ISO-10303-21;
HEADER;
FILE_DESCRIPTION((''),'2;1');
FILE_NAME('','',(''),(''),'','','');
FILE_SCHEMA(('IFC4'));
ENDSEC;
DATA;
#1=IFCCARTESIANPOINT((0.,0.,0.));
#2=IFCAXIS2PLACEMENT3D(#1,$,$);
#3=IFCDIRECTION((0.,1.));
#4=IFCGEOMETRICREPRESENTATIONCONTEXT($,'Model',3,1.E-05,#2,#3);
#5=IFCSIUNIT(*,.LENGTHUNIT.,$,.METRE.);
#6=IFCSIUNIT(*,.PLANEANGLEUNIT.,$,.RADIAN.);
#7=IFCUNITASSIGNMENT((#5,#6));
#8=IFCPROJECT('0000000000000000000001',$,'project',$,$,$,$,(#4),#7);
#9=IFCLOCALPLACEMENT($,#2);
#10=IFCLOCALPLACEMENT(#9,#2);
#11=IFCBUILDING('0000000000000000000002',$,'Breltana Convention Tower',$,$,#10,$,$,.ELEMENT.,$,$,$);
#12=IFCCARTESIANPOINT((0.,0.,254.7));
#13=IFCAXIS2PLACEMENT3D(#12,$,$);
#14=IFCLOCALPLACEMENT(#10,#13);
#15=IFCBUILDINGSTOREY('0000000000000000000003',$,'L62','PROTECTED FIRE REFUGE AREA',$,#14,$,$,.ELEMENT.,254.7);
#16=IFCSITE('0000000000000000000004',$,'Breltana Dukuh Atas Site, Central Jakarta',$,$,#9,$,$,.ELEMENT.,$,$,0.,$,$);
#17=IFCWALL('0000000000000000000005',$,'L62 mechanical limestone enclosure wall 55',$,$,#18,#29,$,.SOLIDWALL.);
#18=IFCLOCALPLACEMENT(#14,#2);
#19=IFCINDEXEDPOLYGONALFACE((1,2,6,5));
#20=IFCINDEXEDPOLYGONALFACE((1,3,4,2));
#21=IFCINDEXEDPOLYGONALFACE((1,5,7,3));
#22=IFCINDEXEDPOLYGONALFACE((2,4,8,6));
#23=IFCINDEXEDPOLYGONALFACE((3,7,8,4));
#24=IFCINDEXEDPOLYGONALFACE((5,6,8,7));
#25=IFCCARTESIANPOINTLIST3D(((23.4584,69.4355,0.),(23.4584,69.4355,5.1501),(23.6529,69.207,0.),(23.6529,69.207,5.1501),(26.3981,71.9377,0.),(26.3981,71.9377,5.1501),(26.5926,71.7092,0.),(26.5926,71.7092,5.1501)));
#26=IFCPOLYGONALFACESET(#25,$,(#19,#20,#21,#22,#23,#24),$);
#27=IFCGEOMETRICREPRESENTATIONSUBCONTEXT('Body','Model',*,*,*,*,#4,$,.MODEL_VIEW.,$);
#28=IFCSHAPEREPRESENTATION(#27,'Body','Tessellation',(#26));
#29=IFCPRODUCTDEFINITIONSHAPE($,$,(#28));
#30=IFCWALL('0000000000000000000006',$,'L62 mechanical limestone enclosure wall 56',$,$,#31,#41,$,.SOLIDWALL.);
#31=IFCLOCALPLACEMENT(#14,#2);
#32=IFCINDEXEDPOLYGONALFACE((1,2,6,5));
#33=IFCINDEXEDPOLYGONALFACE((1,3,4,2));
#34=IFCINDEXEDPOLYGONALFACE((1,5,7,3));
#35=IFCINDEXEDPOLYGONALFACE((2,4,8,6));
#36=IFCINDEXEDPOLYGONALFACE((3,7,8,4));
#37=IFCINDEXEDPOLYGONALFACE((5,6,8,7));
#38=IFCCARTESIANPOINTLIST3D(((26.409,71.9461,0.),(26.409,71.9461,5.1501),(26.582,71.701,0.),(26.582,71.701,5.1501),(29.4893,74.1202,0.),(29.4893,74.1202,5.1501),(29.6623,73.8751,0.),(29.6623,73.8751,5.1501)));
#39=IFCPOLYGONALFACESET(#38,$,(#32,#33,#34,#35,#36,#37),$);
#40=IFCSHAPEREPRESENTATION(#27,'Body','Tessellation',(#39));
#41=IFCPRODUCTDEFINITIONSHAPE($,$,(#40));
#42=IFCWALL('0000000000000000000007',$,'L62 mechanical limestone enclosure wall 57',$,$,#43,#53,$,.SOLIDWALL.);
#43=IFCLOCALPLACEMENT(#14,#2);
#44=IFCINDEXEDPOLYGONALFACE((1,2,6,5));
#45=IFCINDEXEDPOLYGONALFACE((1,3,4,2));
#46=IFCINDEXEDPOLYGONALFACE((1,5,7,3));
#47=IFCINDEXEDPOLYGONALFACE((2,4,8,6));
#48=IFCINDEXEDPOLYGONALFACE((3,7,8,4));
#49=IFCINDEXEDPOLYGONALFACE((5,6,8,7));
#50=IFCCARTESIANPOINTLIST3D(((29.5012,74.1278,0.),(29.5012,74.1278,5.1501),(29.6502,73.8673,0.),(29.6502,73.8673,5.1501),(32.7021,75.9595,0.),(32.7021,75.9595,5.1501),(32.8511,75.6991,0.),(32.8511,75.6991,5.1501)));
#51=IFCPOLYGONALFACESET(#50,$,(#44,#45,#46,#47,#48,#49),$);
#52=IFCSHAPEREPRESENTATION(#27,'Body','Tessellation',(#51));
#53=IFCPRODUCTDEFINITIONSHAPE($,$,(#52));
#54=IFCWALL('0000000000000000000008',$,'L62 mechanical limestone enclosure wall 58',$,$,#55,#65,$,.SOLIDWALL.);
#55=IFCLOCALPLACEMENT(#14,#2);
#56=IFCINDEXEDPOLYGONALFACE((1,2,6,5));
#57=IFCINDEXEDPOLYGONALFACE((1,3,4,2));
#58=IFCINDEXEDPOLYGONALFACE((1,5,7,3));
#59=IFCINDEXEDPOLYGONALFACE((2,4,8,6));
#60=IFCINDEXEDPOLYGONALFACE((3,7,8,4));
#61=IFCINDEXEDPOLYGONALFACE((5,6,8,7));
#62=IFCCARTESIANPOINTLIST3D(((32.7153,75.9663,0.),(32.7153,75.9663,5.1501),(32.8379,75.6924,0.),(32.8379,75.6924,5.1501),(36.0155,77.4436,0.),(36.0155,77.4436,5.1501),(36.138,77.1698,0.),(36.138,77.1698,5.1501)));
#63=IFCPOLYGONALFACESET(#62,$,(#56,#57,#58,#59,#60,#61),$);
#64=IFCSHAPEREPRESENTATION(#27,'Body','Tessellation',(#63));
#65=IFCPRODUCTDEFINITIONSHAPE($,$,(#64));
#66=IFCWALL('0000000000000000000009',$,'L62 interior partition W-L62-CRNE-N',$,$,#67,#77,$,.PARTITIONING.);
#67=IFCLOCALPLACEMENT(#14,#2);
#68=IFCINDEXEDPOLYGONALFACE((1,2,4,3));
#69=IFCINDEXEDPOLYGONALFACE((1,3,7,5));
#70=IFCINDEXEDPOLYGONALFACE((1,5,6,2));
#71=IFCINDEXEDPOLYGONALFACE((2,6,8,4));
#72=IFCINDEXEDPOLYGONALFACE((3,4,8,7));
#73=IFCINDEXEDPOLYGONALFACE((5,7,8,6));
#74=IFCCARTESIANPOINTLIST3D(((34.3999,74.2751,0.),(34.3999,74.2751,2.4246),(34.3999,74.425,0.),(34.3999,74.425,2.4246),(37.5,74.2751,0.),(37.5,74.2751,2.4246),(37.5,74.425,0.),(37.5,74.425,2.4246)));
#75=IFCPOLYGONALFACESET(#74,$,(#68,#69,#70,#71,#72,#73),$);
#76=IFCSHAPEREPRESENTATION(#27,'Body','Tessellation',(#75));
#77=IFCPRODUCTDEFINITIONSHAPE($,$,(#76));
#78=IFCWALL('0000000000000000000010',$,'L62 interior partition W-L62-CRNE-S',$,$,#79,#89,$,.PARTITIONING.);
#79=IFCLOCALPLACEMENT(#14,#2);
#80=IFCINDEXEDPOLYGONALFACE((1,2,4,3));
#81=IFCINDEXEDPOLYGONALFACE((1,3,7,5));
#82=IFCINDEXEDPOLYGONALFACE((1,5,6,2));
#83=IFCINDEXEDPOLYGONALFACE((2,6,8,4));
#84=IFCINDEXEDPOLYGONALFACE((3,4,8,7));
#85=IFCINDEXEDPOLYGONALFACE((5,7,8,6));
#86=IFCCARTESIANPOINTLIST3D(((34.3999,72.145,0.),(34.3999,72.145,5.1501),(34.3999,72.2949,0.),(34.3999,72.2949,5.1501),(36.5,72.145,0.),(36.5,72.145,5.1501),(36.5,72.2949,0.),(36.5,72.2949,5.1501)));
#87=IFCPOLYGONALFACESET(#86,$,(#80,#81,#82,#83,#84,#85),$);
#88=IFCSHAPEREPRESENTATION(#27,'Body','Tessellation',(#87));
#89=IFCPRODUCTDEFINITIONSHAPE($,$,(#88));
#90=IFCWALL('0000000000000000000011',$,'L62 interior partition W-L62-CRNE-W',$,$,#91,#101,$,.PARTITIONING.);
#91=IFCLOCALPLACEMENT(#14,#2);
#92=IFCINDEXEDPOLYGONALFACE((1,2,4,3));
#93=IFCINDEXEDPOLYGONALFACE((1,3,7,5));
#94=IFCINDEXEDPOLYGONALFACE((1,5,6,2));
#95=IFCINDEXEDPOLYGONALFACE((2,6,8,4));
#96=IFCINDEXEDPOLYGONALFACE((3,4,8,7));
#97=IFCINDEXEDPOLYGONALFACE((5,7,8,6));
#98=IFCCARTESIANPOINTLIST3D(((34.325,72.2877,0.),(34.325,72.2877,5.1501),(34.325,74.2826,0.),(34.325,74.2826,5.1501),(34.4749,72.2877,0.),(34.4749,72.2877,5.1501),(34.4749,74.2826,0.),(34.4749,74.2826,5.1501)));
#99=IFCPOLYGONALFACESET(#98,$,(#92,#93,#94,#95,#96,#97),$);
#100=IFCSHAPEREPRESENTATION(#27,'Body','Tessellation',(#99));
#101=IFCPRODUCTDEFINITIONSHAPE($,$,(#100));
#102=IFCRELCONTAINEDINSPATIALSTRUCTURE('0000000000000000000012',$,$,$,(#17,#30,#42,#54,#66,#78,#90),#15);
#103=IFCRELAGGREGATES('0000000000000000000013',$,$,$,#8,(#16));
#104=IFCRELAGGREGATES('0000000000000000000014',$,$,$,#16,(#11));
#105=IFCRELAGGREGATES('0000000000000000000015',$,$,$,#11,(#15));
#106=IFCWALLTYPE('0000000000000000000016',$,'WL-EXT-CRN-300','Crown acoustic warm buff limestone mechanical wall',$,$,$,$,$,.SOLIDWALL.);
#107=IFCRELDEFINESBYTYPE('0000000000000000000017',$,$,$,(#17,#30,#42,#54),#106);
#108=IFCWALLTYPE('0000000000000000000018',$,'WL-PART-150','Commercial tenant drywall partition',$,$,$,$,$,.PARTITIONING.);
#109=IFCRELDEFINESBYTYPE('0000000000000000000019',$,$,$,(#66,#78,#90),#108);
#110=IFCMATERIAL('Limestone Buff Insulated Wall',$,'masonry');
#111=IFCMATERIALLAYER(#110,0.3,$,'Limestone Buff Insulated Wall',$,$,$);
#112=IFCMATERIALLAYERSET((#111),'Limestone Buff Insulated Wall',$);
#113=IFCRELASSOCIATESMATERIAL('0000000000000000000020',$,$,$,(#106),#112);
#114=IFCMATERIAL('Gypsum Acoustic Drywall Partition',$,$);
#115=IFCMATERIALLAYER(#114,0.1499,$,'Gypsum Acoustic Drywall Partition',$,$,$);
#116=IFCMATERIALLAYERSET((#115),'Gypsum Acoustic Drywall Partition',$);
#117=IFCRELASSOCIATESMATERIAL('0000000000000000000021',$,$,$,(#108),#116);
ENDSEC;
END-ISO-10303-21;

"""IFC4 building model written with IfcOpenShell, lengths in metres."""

from ifc_helpers import new_model, si_unit, direction, frame, frame_2d, origin, place, context, subcontext, project, spatial, rectangle, extrude, source, transform, mapped, material, layer, layer_set, type_object, element, save


model = new_model("IFC4")

# Units and contexts
model_context = context("Model", 3, precision=1e-05, world=origin(), true_north=direction((0.0, 1.0)))
body_context = subcontext(model_context, "Body", "Model", "MODEL_VIEW")
ifc_project = project(units=[si_unit("LENGTHUNIT", "METRE"), si_unit("PLANEANGLEUNIT", "RADIAN")], contexts=[model_context])

# Site, building, storey
site_placement = place(None, origin())
site = spatial("IfcSite", under=ifc_project, at=site_placement, Name="Breltana Dukuh Atas Site, Central Jakarta", CompositionType="ELEMENT", RefElevation=0.0)
building_placement = place(site_placement, origin())
building = spatial("IfcBuilding", under=site, at=building_placement, Name="Breltana Convention Tower", CompositionType="ELEMENT")
storey_placement = place(building_placement, frame((0.0, 0.0, 254.7)))
storey = spatial("IfcBuildingStorey", under=building, at=storey_placement, Name="L62", Description="PROTECTED FIRE REFUGE AREA", CompositionType="ELEMENT", Elevation=254.7)

# Walls
ifc_material_1 = material(Name="Limestone Buff Insulated Wall", Category="masonry")
ifc_layer_1 = layer(ifc_material_1, 0.3, Name="Limestone Buff Insulated Wall")
ifc_layer_set_1 = layer_set([ifc_layer_1], Name="Limestone Buff Insulated Wall")
wall_type_1 = type_object("IfcWallType", Name="WL-EXT-CRN-300", Description="Crown acoustic warm buff limestone mechanical wall", PredefinedType="SOLIDWALL", material=ifc_layer_set_1)
shared_shape_1 = source(origin(), body_context, "Body", "SweptSolid", [
    extrude(rectangle(XDim=3.8604, YDim=0.3, at=frame_2d((1.9302, 0.0))), origin(), (0.0, 0.0, 1.0), 5.1501),
])
wall_1_placement = place(storey_placement, frame((23.5557, 69.3213, 0.0), z_axis=(0.0, 0.0, 1.0), x_axis=(0.761498, 0.648168, 0.0)))
element("IfcWall", 1, at=wall_1_placement, inside=storey, type_object=wall_type_1, Name="L62 mechanical limestone enclosure wall 55", PredefinedType="SOLIDWALL", context=body_context, shape_type="MappedRepresentation", body=[
    mapped(shared_shape_1, transform((0.0, 0.0, 0.0), scale=1.0)),
])
shared_shape_2 = source(origin(), body_context, "Body", "SweptSolid", [
    extrude(rectangle(XDim=3.7703, YDim=0.3, at=frame_2d((1.8853, 0.0))), origin(), (0.0, 0.0, 1.0), 5.1501),
])
wall_2_placement = place(storey_placement, frame((26.4954, 71.8235, 0.0), z_axis=(0.0, 0.0, 1.0), x_axis=(0.817002, 0.576635, 0.0)))
element("IfcWall", 2, at=wall_2_placement, inside=storey, type_object=wall_type_1, Name="L62 mechanical limestone enclosure wall 56", PredefinedType="SOLIDWALL", context=body_context, shape_type="MappedRepresentation", body=[
    mapped(shared_shape_2, transform((0.0, 0.0, 0.0), scale=1.0)),
])
shared_shape_3 = source(origin(), body_context, "Body", "SweptSolid", [
    extrude(rectangle(XDim=3.688, YDim=0.3, at=frame_2d((1.844, 0.0))), origin(), (0.0, 0.0, 1.0), 5.1501),
])
wall_3_placement = place(storey_placement, frame((29.5757, 73.9976, 0.0), z_axis=(0.0, 0.0, 1.0), x_axis=(0.867929, 0.496688, 0.0)))
element("IfcWall", 3, at=wall_3_placement, inside=storey, type_object=wall_type_1, Name="L62 mechanical limestone enclosure wall 57", PredefinedType="SOLIDWALL", context=body_context, shape_type="MappedRepresentation", body=[
    mapped(shared_shape_3, transform((0.0, 0.0, 0.0), scale=1.0)),
])
shared_shape_4 = source(origin(), body_context, "Body", "SweptSolid", [
    extrude(rectangle(XDim=3.6157, YDim=0.3, at=frame_2d((1.8079, 0.0))), origin(), (0.0, 0.0, 1.0), 5.1501),
])
wall_4_placement = place(storey_placement, frame((32.7766, 75.8293, 0.0), z_axis=(0.0, 0.0, 1.0), x_axis=(0.91272, 0.408587, 0.0)))
element("IfcWall", 4, at=wall_4_placement, inside=storey, type_object=wall_type_1, Name="L62 mechanical limestone enclosure wall 58", PredefinedType="SOLIDWALL", context=body_context, shape_type="MappedRepresentation", body=[
    mapped(shared_shape_4, transform((0.0, 0.0, 0.0), scale=1.0)),
])
ifc_material_2 = material(Name="Gypsum Acoustic Drywall Partition")
ifc_layer_2 = layer(ifc_material_2, 0.1499, Name="Gypsum Acoustic Drywall Partition")
ifc_layer_set_2 = layer_set([ifc_layer_2], Name="Gypsum Acoustic Drywall Partition")
wall_type_2 = type_object("IfcWallType", Name="WL-PART-150", Description="Commercial tenant drywall partition", PredefinedType="PARTITIONING", material=ifc_layer_set_2)
shared_shape_5 = source(origin(), body_context, "Body", "SweptSolid", [
    extrude(rectangle(XDim=3.1001, YDim=0.1499, at=frame_2d((1.55, 0.0))), origin(), (0.0, 0.0, 1.0), 2.4246),
])
wall_5_placement = place(storey_placement, frame((34.3999, 74.3501, 0.0), z_axis=(0.0, 0.0, 1.0), x_axis=(1.0, 0.0, 0.0)))
element("IfcWall", 5, at=wall_5_placement, inside=storey, type_object=wall_type_2, Name="L62 interior partition W-L62-CRNE-N", PredefinedType="PARTITIONING", context=body_context, shape_type="MappedRepresentation", body=[
    mapped(shared_shape_5, transform((0.0, 0.0, 0.0), scale=1.0)),
])
shared_shape_6 = source(origin(), body_context, "Body", "SweptSolid", [
    extrude(rectangle(XDim=2.1001, YDim=0.1499, at=frame_2d((1.05, 0.0))), origin(), (0.0, 0.0, 1.0), 5.1501),
])
wall_6_placement = place(storey_placement, frame((34.3999, 72.22, 0.0), z_axis=(0.0, 0.0, 1.0), x_axis=(1.0, 0.0, 0.0)))
element("IfcWall", 6, at=wall_6_placement, inside=storey, type_object=wall_type_2, Name="L62 interior partition W-L62-CRNE-S", PredefinedType="PARTITIONING", context=body_context, shape_type="MappedRepresentation", body=[
    mapped(shared_shape_6, transform((0.0, 0.0, 0.0), scale=1.0)),
])
shared_shape_7 = source(origin(), body_context, "Body", "SweptSolid", [
    extrude(rectangle(XDim=1.9949, YDim=0.1499, at=frame_2d((0.9976, 0.0))), origin(), (0.0, 0.0, 1.0), 5.1501),
])
wall_7_placement = place(storey_placement, frame((34.3999, 72.2876, 0.0), z_axis=(0.0, 0.0, 1.0), x_axis=(0.0, 1.0, 0.0)))
element("IfcWall", 7, at=wall_7_placement, inside=storey, type_object=wall_type_2, Name="L62 interior partition W-L62-CRNE-W", PredefinedType="PARTITIONING", context=body_context, shape_type="MappedRepresentation", body=[
    mapped(shared_shape_7, transform((0.0, 0.0, 0.0), scale=1.0)),
])

save(model, "model.ifc")
